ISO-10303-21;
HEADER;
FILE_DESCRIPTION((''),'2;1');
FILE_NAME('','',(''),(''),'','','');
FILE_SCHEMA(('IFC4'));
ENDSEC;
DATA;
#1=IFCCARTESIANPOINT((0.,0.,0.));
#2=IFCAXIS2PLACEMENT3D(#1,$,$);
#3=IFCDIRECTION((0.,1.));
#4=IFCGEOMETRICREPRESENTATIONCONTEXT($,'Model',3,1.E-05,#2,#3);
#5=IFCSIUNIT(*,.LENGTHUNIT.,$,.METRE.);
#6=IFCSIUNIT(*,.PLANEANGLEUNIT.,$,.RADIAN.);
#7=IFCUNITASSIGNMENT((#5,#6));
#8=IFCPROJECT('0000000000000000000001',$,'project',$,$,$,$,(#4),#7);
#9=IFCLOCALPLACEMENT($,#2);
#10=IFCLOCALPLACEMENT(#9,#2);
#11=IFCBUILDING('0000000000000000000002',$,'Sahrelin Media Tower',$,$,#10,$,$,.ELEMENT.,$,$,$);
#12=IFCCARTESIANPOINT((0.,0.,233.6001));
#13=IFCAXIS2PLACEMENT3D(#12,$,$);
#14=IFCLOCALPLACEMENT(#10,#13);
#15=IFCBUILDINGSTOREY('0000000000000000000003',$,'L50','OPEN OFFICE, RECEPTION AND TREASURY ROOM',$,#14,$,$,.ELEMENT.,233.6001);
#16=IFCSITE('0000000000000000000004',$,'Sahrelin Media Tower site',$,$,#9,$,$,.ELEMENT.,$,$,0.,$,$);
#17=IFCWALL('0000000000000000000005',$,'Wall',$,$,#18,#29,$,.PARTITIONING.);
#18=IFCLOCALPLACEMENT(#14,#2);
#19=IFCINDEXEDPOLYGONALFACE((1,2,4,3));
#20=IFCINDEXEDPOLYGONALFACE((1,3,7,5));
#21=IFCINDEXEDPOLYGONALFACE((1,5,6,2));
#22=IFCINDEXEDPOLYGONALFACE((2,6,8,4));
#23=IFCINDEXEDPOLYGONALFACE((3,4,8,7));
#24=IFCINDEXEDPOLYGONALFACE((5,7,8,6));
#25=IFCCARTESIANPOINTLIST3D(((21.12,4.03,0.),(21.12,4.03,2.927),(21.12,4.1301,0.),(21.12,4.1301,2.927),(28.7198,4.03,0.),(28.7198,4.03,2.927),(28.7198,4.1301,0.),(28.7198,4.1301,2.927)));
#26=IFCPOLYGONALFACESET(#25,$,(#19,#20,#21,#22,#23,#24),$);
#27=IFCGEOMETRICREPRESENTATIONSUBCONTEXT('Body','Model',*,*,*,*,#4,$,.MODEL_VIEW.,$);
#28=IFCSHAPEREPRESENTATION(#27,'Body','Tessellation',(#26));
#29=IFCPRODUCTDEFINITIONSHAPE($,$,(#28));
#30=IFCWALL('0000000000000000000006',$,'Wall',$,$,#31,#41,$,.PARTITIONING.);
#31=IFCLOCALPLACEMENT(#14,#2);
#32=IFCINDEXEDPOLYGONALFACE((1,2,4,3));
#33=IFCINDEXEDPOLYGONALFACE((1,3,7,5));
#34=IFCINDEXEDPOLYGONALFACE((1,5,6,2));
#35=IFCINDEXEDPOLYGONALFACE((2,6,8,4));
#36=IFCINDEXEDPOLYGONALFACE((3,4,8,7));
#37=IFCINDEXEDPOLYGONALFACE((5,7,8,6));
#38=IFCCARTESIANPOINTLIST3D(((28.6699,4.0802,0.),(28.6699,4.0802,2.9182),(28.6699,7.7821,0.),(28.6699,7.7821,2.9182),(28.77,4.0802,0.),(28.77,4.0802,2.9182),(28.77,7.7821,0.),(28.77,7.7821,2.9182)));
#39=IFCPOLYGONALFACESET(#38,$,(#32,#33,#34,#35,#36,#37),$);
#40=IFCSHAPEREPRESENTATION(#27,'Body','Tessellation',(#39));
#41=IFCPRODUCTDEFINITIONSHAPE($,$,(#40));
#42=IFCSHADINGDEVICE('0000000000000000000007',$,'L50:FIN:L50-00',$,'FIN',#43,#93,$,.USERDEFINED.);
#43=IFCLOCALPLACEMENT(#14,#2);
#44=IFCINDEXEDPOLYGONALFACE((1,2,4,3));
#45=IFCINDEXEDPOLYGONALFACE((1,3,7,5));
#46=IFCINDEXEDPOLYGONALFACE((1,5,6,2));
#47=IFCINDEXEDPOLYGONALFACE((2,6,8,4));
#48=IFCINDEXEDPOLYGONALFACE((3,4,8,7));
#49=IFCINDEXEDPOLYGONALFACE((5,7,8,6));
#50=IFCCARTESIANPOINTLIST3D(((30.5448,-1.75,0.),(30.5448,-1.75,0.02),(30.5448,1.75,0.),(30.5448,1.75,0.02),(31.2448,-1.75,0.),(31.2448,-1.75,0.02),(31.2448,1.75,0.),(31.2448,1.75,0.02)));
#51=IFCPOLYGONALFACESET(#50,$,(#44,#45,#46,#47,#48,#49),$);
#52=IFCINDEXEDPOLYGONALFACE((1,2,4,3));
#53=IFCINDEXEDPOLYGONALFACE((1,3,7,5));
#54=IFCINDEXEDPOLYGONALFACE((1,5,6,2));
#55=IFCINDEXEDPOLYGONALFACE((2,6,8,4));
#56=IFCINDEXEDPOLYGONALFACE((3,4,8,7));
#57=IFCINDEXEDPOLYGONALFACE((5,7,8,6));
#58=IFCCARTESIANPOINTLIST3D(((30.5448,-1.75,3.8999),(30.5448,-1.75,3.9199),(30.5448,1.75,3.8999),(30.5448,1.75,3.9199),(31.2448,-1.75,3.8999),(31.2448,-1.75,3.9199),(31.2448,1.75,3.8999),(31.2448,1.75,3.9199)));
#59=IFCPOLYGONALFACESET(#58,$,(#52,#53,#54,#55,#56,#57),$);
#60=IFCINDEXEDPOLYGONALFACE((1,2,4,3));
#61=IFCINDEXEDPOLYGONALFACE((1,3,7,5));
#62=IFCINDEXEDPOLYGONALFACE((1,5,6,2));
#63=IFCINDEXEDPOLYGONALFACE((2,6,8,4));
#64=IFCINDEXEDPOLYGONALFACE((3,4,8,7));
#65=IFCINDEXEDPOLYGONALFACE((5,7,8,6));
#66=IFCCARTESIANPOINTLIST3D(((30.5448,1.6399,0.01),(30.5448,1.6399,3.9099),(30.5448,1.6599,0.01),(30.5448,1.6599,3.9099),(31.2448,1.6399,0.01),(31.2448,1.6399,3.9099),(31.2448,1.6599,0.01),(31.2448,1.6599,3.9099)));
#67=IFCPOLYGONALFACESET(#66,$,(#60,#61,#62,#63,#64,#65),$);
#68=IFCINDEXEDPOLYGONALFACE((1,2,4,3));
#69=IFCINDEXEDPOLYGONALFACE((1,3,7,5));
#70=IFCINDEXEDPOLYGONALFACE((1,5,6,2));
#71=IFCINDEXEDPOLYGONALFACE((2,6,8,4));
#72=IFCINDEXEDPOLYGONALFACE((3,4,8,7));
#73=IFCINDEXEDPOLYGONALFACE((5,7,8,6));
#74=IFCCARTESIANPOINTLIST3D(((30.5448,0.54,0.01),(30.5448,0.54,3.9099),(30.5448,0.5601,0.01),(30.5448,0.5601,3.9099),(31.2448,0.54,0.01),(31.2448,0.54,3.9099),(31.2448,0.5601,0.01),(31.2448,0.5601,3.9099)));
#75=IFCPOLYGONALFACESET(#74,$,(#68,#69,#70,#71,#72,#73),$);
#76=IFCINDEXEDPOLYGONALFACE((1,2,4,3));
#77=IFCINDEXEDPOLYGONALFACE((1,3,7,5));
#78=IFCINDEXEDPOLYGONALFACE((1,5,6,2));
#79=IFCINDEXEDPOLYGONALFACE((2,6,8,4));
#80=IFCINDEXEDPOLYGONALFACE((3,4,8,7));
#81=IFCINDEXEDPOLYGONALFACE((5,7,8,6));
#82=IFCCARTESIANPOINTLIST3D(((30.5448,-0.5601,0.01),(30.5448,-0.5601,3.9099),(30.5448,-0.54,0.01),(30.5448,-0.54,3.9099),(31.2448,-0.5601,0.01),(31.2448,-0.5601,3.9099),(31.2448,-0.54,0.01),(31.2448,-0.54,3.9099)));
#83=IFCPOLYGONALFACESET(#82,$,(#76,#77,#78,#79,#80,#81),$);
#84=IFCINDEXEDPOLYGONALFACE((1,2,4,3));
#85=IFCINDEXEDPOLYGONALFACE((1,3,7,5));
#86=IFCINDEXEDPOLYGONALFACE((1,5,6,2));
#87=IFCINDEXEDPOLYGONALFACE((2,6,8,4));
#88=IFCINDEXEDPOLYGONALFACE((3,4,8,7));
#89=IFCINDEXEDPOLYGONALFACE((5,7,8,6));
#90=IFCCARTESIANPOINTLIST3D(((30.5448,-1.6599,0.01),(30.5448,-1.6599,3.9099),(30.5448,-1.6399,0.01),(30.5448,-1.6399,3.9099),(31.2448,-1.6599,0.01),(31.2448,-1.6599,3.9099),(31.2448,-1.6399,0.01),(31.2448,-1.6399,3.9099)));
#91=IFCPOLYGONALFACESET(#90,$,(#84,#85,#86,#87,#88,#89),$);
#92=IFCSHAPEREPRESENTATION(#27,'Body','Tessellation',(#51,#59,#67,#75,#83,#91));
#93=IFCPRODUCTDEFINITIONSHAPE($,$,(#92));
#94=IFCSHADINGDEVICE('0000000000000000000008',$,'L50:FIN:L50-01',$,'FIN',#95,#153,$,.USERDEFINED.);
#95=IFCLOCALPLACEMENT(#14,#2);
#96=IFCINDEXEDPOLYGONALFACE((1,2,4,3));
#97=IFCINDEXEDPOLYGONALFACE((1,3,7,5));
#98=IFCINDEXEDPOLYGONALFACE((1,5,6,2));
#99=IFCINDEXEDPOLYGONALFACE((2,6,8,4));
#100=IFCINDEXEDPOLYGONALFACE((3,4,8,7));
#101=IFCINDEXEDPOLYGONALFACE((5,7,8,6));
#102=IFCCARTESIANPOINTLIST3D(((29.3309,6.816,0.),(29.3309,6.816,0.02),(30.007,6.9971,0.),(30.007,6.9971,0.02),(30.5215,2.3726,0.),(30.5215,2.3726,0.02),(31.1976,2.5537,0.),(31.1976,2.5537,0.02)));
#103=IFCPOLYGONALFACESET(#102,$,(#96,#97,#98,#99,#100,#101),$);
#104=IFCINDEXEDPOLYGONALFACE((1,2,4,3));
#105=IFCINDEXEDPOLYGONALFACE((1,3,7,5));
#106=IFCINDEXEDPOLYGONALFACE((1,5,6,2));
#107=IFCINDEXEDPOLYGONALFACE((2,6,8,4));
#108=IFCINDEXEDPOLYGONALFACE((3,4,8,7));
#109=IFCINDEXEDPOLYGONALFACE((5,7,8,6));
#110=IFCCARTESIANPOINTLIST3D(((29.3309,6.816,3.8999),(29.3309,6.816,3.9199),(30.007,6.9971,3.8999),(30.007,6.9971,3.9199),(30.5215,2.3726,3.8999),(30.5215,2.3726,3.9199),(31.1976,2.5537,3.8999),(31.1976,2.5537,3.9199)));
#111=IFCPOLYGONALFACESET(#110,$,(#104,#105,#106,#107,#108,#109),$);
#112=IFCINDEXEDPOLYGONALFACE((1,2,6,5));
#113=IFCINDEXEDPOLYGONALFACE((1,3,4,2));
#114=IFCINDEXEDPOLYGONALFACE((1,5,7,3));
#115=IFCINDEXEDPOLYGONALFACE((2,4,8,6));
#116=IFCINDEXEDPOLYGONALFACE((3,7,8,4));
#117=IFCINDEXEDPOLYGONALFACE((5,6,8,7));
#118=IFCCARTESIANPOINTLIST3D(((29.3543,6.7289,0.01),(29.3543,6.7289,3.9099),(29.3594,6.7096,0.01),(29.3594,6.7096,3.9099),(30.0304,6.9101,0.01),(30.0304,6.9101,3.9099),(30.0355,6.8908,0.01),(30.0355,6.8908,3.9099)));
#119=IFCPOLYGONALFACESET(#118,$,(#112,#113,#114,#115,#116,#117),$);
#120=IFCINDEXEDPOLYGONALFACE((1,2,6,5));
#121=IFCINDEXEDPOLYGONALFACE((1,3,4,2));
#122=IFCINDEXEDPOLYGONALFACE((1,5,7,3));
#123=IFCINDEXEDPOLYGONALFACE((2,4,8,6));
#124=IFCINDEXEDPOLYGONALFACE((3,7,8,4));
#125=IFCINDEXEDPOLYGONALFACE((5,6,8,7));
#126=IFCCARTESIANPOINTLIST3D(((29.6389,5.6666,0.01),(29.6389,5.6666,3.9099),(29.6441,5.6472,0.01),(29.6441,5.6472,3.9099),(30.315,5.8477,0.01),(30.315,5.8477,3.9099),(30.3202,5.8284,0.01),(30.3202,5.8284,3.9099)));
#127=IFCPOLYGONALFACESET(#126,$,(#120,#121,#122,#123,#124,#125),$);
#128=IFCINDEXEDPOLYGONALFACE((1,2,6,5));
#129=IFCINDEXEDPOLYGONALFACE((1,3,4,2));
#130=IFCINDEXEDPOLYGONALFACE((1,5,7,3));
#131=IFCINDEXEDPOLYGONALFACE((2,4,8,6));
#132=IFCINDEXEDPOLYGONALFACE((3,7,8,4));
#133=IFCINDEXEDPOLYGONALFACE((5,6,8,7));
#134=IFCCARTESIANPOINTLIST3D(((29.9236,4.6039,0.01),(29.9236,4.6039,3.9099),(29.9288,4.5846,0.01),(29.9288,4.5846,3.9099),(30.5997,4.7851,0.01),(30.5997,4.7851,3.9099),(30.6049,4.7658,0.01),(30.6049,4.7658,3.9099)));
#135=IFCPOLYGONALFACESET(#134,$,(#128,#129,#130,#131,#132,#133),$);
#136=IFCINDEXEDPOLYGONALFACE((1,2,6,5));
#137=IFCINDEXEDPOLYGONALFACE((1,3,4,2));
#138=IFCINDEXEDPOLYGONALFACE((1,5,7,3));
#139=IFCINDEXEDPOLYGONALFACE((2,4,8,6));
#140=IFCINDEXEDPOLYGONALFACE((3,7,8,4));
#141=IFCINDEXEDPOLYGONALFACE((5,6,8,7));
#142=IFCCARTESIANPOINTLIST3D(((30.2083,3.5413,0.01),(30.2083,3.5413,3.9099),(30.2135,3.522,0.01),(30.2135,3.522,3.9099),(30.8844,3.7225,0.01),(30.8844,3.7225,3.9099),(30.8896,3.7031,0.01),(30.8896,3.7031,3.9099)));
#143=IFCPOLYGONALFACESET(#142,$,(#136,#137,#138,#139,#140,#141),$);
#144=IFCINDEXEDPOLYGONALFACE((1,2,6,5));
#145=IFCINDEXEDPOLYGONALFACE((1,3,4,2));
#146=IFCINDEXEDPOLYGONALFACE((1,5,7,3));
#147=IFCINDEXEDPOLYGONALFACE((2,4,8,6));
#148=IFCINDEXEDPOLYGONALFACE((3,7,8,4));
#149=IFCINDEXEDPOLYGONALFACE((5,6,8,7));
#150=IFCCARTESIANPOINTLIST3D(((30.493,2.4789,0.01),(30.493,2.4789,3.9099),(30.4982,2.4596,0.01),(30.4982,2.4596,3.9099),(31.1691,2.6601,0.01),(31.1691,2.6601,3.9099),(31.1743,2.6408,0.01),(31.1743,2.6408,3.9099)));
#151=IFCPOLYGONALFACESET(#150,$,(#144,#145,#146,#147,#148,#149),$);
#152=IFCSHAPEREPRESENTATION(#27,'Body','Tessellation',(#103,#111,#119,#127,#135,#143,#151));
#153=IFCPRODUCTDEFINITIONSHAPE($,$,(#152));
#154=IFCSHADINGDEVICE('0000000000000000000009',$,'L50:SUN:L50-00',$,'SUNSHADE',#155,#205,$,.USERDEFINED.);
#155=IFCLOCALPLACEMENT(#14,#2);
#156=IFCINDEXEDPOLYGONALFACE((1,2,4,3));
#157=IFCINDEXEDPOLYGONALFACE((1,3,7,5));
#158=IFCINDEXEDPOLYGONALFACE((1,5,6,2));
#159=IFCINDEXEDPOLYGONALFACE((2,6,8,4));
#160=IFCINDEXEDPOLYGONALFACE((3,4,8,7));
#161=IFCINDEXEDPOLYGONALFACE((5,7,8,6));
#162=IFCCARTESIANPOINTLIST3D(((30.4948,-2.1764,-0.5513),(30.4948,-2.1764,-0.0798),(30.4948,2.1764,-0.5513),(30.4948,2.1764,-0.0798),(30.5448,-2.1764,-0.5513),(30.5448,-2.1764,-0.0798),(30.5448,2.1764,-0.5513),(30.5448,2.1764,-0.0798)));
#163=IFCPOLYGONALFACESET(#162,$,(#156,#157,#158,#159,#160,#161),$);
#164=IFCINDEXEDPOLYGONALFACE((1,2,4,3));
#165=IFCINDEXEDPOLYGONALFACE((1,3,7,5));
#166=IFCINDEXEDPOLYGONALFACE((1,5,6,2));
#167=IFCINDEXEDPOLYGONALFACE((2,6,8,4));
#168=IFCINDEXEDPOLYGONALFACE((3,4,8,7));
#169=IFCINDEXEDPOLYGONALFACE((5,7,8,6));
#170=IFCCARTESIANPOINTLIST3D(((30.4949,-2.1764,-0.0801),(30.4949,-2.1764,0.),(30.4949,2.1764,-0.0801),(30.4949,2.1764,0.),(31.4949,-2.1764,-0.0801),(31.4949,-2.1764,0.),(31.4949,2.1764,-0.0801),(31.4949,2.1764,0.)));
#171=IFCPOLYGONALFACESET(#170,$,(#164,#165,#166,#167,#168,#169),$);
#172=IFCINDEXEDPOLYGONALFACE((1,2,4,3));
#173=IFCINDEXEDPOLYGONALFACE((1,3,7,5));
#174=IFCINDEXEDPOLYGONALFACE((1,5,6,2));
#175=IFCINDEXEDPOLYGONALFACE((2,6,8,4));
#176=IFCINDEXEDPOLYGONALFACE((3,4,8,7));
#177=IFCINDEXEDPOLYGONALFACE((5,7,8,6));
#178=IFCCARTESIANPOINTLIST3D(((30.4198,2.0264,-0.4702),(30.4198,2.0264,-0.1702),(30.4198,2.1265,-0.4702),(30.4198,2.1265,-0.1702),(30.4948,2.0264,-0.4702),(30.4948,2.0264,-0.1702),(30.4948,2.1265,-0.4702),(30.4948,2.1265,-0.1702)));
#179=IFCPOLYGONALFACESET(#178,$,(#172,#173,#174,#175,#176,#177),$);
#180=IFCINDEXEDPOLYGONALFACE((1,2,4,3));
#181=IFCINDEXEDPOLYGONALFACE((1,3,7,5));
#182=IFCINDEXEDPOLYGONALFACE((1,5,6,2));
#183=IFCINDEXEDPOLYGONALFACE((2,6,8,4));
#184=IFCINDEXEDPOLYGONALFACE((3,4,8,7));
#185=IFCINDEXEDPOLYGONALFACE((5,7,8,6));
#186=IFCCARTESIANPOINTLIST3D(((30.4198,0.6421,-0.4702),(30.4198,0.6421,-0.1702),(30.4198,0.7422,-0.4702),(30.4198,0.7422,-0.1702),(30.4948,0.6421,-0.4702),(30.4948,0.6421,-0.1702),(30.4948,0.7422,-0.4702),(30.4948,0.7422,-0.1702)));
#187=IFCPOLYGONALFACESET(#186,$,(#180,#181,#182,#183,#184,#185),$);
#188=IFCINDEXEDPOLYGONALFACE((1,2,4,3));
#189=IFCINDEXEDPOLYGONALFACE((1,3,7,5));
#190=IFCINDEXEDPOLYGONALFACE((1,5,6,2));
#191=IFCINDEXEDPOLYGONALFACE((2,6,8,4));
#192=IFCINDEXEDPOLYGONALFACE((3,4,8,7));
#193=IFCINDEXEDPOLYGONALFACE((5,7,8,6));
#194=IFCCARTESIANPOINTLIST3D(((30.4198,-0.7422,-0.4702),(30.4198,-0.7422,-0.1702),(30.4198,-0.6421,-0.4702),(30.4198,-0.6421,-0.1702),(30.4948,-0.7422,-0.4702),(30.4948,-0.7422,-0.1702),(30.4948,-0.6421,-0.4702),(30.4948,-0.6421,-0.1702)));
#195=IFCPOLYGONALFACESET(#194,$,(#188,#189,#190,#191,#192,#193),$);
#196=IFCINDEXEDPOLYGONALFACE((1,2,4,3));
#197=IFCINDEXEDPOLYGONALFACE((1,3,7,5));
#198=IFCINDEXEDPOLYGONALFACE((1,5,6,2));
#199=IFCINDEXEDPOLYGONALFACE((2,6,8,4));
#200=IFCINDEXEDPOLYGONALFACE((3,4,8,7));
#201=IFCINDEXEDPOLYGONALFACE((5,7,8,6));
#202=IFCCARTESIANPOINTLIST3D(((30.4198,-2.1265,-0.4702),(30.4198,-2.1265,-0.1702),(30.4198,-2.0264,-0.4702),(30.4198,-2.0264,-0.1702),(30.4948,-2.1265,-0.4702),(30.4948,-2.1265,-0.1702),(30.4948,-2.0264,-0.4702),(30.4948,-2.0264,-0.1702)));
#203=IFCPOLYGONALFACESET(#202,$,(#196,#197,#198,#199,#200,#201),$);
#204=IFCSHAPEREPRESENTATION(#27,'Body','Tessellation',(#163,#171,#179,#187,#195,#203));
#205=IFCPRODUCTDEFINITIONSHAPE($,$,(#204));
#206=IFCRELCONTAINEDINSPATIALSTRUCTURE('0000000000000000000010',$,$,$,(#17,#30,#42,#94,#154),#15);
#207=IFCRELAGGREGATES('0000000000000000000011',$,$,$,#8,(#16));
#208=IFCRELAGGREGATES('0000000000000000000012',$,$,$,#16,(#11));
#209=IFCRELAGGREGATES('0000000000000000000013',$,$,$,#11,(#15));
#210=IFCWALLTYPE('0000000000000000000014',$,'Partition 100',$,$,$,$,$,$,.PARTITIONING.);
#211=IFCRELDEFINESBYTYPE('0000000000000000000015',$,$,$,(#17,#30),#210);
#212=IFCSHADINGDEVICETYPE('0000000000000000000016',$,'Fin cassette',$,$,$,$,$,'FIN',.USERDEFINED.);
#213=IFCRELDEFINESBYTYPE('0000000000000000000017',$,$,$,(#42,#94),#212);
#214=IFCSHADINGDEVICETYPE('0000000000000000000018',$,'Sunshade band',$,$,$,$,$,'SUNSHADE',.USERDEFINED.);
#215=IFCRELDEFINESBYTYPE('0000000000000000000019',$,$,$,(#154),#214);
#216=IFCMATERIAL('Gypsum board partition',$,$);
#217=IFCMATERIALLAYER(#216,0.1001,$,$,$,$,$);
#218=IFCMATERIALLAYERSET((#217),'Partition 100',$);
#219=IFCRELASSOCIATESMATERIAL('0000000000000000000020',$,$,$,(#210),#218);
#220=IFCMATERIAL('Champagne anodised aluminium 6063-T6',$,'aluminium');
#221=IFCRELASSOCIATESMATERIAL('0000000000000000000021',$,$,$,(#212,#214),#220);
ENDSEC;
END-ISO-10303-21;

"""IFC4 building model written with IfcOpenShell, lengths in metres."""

from ifc_helpers import new_model, si_unit, direction, frame, frame_2d, origin, origin_2d, place, context, subcontext, project, spatial, rectangle, extrude, material, layer, layer_set, type_object, element, save


model = new_model("IFC4")

# Units and contexts
model_context = context("Model", 3, precision=1e-05, world=origin(), true_north=direction((0.0, 1.0)))
body_context = subcontext(model_context, "Body", "Model", "MODEL_VIEW")
ifc_project = project(units=[si_unit("LENGTHUNIT", "METRE"), si_unit("PLANEANGLEUNIT", "RADIAN")], contexts=[model_context])

# Site, building, storey
site_placement = place(None, origin())
site = spatial("IfcSite", under=ifc_project, at=site_placement, Name="Sahrelin Media Tower site", CompositionType="ELEMENT", RefElevation=0.0)
building_placement = place(site_placement, origin())
building = spatial("IfcBuilding", under=site, at=building_placement, Name="Sahrelin Media Tower", CompositionType="ELEMENT")
storey_placement = place(building_placement, frame((0.0, 0.0, 233.6001)))
storey = spatial("IfcBuildingStorey", under=building, at=storey_placement, Name="L50", Description="OPEN OFFICE, RECEPTION AND TREASURY ROOM", CompositionType="ELEMENT", Elevation=233.6001)

# Shared definitions
ifc_material_1 = material(Name="Champagne anodised aluminium 6063-T6", Category="aluminium")

# Walls
ifc_material_2 = material(Name="Gypsum board partition")
ifc_layer_1 = layer(ifc_material_2, 0.1001)
ifc_layer_set_1 = layer_set([ifc_layer_1], Name="Partition 100")
wall_type_1 = type_object("IfcWallType", Name="Partition 100", PredefinedType="PARTITIONING", material=ifc_layer_set_1)
wall_1_placement = place(storey_placement, frame((21.1201, 4.0801, 0.0), z_axis=(0.0, 0.0, 1.0), x_axis=(1.0, 0.0, 0.0)))
element("IfcWall", 1, at=wall_1_placement, inside=storey, type_object=wall_type_1, Name="Wall", PredefinedType="PARTITIONING", context=body_context, shape_type="SweptSolid", body=[
    extrude(rectangle(XDim=7.5999, YDim=0.1001, at=frame_2d((3.7998, 0.0))), origin(), (0.0, 0.0, 1.0), 2.927),
])
wall_2_placement = place(storey_placement, frame((28.72, 4.0801, 0.0), z_axis=(0.0, 0.0, 1.0), x_axis=(0.0, 1.0, 0.0)))
element("IfcWall", 2, at=wall_2_placement, inside=storey, type_object=wall_type_1, Name="Wall", PredefinedType="PARTITIONING", context=body_context, shape_type="SweptSolid", body=[
    extrude(rectangle(XDim=3.7019, YDim=0.1001, at=frame_2d((1.8511, 0.0))), origin(), (0.0, 0.0, 1.0), 2.9182),
])

# Shading devices
shading_device_type_1 = type_object("IfcShadingDeviceType", Name="Fin cassette", ElementType="FIN", PredefinedType="USERDEFINED", material=ifc_material_1)
placement_1 = place(storey_placement, frame((30.4749, 0.0, 0.0), z_axis=(0.0, 0.0, 1.0), x_axis=(0.0, -1.0, 0.0)))
element("IfcShadingDevice", 3, at=placement_1, inside=storey, type_object=shading_device_type_1, Name="L50:FIN:L50-00", ObjectType="FIN", PredefinedType="USERDEFINED", context=body_context, shape_type="SweptSolid", body=[
    extrude(rectangle(XDim=3.5, YDim=0.7, at=origin_2d()), frame((0.0, 0.4199, 0.0)), (0.0, 0.0, 1.0), 0.02),
    extrude(rectangle(XDim=3.5, YDim=0.7, at=origin_2d()), frame((0.0, 0.4199, 3.8999)), (0.0, 0.0, 1.0), 0.02),
    extrude(rectangle(XDim=0.02, YDim=0.7, at=origin_2d()), frame((-1.6499, 0.4199, 0.01), z_axis=(0.0, 0.0, 1.0), x_axis=(1.0, 0.0, 0.0)), (0.0, 0.0, 1.0), 3.8999),
    extrude(rectangle(XDim=0.02, YDim=0.7, at=origin_2d()), frame((-0.55, 0.4199, 0.01), z_axis=(0.0, 0.0, 1.0), x_axis=(1.0, 0.0, 0.0)), (0.0, 0.0, 1.0), 3.8999),
    extrude(rectangle(XDim=0.02, YDim=0.7, at=origin_2d()), frame((0.55, 0.4199, 0.01), z_axis=(0.0, 0.0, 1.0), x_axis=(1.0, 0.0, 0.0)), (0.0, 0.0, 1.0), 3.8999),
    extrude(rectangle(XDim=0.02, YDim=0.7, at=origin_2d()), frame((1.6499, 0.4199, 0.01), z_axis=(0.0, 0.0, 1.0), x_axis=(1.0, 0.0, 0.0)), (0.0, 0.0, 1.0), 3.8999),
])
placement_2 = place(storey_placement, frame((29.8586, 4.5762, 0.0), z_axis=(0.0, 0.0, 1.0), x_axis=(0.258808, -0.965929, 0.0)))
element("IfcShadingDevice", 4, at=placement_2, inside=storey, type_object=shading_device_type_1, Name="L50:FIN:L50-01", ObjectType="FIN", PredefinedType="USERDEFINED", context=body_context, shape_type="SweptSolid", body=[
    extrude(rectangle(XDim=4.6001, YDim=0.7, at=origin_2d()), frame((0.0, 0.4199, 0.0)), (0.0, 0.0, 1.0), 0.02),
    extrude(rectangle(XDim=4.6001, YDim=0.7, at=origin_2d()), frame((0.0, 0.4199, 3.8999)), (0.0, 0.0, 1.0), 0.02),
    extrude(rectangle(XDim=0.02, YDim=0.7, at=origin_2d()), frame((-2.2, 0.4199, 0.01), z_axis=(0.0, 0.0, 1.0), x_axis=(1.0, 0.0, 0.0)), (0.0, 0.0, 1.0), 3.8999),
    extrude(rectangle(XDim=0.02, YDim=0.7, at=origin_2d()), frame((-1.1001, 0.4199, 0.01), z_axis=(0.0, 0.0, 1.0), x_axis=(1.0, 0.0, 0.0)), (0.0, 0.0, 1.0), 3.8999),
    extrude(rectangle(XDim=0.02, YDim=0.7, at=origin_2d()), frame((0.0, 0.4199, 0.01), z_axis=(0.0, 0.0, 1.0), x_axis=(1.0, 0.0, 0.0)), (0.0, 0.0, 1.0), 3.8999),
    extrude(rectangle(XDim=0.02, YDim=0.7, at=origin_2d()), frame((1.1001, 0.4199, 0.01), z_axis=(0.0, 0.0, 1.0), x_axis=(1.0, 0.0, 0.0)), (0.0, 0.0, 1.0), 3.8999),
    extrude(rectangle(XDim=0.02, YDim=0.7, at=origin_2d()), frame((2.2, 0.4199, 0.01), z_axis=(0.0, 0.0, 1.0), x_axis=(1.0, 0.0, 0.0)), (0.0, 0.0, 1.0), 3.8999),
])
shading_device_type_2 = type_object("IfcShadingDeviceType", Name="Sunshade band", ElementType="SUNSHADE", PredefinedType="USERDEFINED", material=ifc_material_1)
element("IfcShadingDevice", 5, at=placement_1, inside=storey, type_object=shading_device_type_2, Name="L50:SUN:L50-00", ObjectType="SUNSHADE", PredefinedType="USERDEFINED", context=body_context, shape_type="SweptSolid", body=[
    extrude(rectangle(XDim=4.3528, YDim=0.05, at=origin_2d()), frame((0.0, 0.0449, -0.5513)), (0.0, 0.0, 1.0), 0.4714),
    extrude(rectangle(XDim=4.3528, YDim=1.0, at=origin_2d()), frame((0.0, 0.52, -0.0801)), (0.0, 0.0, 1.0), 0.0801),
    extrude(rectangle(XDim=0.1001, YDim=0.075, at=origin_2d()), frame((-2.0764, -0.0176, -0.4702)), (0.0, 0.0, 1.0), 0.3),
    extrude(rectangle(XDim=0.1001, YDim=0.075, at=origin_2d()), frame((-0.6921, -0.0176, -0.4702)), (0.0, 0.0, 1.0), 0.3),
    extrude(rectangle(XDim=0.1001, YDim=0.075, at=origin_2d()), frame((0.6921, -0.0176, -0.4702)), (0.0, 0.0, 1.0), 0.3),
    extrude(rectangle(XDim=0.1001, YDim=0.075, at=origin_2d()), frame((2.0764, -0.0176, -0.4702)), (0.0, 0.0, 1.0), 0.3),
])

save(model, "model.ifc")
